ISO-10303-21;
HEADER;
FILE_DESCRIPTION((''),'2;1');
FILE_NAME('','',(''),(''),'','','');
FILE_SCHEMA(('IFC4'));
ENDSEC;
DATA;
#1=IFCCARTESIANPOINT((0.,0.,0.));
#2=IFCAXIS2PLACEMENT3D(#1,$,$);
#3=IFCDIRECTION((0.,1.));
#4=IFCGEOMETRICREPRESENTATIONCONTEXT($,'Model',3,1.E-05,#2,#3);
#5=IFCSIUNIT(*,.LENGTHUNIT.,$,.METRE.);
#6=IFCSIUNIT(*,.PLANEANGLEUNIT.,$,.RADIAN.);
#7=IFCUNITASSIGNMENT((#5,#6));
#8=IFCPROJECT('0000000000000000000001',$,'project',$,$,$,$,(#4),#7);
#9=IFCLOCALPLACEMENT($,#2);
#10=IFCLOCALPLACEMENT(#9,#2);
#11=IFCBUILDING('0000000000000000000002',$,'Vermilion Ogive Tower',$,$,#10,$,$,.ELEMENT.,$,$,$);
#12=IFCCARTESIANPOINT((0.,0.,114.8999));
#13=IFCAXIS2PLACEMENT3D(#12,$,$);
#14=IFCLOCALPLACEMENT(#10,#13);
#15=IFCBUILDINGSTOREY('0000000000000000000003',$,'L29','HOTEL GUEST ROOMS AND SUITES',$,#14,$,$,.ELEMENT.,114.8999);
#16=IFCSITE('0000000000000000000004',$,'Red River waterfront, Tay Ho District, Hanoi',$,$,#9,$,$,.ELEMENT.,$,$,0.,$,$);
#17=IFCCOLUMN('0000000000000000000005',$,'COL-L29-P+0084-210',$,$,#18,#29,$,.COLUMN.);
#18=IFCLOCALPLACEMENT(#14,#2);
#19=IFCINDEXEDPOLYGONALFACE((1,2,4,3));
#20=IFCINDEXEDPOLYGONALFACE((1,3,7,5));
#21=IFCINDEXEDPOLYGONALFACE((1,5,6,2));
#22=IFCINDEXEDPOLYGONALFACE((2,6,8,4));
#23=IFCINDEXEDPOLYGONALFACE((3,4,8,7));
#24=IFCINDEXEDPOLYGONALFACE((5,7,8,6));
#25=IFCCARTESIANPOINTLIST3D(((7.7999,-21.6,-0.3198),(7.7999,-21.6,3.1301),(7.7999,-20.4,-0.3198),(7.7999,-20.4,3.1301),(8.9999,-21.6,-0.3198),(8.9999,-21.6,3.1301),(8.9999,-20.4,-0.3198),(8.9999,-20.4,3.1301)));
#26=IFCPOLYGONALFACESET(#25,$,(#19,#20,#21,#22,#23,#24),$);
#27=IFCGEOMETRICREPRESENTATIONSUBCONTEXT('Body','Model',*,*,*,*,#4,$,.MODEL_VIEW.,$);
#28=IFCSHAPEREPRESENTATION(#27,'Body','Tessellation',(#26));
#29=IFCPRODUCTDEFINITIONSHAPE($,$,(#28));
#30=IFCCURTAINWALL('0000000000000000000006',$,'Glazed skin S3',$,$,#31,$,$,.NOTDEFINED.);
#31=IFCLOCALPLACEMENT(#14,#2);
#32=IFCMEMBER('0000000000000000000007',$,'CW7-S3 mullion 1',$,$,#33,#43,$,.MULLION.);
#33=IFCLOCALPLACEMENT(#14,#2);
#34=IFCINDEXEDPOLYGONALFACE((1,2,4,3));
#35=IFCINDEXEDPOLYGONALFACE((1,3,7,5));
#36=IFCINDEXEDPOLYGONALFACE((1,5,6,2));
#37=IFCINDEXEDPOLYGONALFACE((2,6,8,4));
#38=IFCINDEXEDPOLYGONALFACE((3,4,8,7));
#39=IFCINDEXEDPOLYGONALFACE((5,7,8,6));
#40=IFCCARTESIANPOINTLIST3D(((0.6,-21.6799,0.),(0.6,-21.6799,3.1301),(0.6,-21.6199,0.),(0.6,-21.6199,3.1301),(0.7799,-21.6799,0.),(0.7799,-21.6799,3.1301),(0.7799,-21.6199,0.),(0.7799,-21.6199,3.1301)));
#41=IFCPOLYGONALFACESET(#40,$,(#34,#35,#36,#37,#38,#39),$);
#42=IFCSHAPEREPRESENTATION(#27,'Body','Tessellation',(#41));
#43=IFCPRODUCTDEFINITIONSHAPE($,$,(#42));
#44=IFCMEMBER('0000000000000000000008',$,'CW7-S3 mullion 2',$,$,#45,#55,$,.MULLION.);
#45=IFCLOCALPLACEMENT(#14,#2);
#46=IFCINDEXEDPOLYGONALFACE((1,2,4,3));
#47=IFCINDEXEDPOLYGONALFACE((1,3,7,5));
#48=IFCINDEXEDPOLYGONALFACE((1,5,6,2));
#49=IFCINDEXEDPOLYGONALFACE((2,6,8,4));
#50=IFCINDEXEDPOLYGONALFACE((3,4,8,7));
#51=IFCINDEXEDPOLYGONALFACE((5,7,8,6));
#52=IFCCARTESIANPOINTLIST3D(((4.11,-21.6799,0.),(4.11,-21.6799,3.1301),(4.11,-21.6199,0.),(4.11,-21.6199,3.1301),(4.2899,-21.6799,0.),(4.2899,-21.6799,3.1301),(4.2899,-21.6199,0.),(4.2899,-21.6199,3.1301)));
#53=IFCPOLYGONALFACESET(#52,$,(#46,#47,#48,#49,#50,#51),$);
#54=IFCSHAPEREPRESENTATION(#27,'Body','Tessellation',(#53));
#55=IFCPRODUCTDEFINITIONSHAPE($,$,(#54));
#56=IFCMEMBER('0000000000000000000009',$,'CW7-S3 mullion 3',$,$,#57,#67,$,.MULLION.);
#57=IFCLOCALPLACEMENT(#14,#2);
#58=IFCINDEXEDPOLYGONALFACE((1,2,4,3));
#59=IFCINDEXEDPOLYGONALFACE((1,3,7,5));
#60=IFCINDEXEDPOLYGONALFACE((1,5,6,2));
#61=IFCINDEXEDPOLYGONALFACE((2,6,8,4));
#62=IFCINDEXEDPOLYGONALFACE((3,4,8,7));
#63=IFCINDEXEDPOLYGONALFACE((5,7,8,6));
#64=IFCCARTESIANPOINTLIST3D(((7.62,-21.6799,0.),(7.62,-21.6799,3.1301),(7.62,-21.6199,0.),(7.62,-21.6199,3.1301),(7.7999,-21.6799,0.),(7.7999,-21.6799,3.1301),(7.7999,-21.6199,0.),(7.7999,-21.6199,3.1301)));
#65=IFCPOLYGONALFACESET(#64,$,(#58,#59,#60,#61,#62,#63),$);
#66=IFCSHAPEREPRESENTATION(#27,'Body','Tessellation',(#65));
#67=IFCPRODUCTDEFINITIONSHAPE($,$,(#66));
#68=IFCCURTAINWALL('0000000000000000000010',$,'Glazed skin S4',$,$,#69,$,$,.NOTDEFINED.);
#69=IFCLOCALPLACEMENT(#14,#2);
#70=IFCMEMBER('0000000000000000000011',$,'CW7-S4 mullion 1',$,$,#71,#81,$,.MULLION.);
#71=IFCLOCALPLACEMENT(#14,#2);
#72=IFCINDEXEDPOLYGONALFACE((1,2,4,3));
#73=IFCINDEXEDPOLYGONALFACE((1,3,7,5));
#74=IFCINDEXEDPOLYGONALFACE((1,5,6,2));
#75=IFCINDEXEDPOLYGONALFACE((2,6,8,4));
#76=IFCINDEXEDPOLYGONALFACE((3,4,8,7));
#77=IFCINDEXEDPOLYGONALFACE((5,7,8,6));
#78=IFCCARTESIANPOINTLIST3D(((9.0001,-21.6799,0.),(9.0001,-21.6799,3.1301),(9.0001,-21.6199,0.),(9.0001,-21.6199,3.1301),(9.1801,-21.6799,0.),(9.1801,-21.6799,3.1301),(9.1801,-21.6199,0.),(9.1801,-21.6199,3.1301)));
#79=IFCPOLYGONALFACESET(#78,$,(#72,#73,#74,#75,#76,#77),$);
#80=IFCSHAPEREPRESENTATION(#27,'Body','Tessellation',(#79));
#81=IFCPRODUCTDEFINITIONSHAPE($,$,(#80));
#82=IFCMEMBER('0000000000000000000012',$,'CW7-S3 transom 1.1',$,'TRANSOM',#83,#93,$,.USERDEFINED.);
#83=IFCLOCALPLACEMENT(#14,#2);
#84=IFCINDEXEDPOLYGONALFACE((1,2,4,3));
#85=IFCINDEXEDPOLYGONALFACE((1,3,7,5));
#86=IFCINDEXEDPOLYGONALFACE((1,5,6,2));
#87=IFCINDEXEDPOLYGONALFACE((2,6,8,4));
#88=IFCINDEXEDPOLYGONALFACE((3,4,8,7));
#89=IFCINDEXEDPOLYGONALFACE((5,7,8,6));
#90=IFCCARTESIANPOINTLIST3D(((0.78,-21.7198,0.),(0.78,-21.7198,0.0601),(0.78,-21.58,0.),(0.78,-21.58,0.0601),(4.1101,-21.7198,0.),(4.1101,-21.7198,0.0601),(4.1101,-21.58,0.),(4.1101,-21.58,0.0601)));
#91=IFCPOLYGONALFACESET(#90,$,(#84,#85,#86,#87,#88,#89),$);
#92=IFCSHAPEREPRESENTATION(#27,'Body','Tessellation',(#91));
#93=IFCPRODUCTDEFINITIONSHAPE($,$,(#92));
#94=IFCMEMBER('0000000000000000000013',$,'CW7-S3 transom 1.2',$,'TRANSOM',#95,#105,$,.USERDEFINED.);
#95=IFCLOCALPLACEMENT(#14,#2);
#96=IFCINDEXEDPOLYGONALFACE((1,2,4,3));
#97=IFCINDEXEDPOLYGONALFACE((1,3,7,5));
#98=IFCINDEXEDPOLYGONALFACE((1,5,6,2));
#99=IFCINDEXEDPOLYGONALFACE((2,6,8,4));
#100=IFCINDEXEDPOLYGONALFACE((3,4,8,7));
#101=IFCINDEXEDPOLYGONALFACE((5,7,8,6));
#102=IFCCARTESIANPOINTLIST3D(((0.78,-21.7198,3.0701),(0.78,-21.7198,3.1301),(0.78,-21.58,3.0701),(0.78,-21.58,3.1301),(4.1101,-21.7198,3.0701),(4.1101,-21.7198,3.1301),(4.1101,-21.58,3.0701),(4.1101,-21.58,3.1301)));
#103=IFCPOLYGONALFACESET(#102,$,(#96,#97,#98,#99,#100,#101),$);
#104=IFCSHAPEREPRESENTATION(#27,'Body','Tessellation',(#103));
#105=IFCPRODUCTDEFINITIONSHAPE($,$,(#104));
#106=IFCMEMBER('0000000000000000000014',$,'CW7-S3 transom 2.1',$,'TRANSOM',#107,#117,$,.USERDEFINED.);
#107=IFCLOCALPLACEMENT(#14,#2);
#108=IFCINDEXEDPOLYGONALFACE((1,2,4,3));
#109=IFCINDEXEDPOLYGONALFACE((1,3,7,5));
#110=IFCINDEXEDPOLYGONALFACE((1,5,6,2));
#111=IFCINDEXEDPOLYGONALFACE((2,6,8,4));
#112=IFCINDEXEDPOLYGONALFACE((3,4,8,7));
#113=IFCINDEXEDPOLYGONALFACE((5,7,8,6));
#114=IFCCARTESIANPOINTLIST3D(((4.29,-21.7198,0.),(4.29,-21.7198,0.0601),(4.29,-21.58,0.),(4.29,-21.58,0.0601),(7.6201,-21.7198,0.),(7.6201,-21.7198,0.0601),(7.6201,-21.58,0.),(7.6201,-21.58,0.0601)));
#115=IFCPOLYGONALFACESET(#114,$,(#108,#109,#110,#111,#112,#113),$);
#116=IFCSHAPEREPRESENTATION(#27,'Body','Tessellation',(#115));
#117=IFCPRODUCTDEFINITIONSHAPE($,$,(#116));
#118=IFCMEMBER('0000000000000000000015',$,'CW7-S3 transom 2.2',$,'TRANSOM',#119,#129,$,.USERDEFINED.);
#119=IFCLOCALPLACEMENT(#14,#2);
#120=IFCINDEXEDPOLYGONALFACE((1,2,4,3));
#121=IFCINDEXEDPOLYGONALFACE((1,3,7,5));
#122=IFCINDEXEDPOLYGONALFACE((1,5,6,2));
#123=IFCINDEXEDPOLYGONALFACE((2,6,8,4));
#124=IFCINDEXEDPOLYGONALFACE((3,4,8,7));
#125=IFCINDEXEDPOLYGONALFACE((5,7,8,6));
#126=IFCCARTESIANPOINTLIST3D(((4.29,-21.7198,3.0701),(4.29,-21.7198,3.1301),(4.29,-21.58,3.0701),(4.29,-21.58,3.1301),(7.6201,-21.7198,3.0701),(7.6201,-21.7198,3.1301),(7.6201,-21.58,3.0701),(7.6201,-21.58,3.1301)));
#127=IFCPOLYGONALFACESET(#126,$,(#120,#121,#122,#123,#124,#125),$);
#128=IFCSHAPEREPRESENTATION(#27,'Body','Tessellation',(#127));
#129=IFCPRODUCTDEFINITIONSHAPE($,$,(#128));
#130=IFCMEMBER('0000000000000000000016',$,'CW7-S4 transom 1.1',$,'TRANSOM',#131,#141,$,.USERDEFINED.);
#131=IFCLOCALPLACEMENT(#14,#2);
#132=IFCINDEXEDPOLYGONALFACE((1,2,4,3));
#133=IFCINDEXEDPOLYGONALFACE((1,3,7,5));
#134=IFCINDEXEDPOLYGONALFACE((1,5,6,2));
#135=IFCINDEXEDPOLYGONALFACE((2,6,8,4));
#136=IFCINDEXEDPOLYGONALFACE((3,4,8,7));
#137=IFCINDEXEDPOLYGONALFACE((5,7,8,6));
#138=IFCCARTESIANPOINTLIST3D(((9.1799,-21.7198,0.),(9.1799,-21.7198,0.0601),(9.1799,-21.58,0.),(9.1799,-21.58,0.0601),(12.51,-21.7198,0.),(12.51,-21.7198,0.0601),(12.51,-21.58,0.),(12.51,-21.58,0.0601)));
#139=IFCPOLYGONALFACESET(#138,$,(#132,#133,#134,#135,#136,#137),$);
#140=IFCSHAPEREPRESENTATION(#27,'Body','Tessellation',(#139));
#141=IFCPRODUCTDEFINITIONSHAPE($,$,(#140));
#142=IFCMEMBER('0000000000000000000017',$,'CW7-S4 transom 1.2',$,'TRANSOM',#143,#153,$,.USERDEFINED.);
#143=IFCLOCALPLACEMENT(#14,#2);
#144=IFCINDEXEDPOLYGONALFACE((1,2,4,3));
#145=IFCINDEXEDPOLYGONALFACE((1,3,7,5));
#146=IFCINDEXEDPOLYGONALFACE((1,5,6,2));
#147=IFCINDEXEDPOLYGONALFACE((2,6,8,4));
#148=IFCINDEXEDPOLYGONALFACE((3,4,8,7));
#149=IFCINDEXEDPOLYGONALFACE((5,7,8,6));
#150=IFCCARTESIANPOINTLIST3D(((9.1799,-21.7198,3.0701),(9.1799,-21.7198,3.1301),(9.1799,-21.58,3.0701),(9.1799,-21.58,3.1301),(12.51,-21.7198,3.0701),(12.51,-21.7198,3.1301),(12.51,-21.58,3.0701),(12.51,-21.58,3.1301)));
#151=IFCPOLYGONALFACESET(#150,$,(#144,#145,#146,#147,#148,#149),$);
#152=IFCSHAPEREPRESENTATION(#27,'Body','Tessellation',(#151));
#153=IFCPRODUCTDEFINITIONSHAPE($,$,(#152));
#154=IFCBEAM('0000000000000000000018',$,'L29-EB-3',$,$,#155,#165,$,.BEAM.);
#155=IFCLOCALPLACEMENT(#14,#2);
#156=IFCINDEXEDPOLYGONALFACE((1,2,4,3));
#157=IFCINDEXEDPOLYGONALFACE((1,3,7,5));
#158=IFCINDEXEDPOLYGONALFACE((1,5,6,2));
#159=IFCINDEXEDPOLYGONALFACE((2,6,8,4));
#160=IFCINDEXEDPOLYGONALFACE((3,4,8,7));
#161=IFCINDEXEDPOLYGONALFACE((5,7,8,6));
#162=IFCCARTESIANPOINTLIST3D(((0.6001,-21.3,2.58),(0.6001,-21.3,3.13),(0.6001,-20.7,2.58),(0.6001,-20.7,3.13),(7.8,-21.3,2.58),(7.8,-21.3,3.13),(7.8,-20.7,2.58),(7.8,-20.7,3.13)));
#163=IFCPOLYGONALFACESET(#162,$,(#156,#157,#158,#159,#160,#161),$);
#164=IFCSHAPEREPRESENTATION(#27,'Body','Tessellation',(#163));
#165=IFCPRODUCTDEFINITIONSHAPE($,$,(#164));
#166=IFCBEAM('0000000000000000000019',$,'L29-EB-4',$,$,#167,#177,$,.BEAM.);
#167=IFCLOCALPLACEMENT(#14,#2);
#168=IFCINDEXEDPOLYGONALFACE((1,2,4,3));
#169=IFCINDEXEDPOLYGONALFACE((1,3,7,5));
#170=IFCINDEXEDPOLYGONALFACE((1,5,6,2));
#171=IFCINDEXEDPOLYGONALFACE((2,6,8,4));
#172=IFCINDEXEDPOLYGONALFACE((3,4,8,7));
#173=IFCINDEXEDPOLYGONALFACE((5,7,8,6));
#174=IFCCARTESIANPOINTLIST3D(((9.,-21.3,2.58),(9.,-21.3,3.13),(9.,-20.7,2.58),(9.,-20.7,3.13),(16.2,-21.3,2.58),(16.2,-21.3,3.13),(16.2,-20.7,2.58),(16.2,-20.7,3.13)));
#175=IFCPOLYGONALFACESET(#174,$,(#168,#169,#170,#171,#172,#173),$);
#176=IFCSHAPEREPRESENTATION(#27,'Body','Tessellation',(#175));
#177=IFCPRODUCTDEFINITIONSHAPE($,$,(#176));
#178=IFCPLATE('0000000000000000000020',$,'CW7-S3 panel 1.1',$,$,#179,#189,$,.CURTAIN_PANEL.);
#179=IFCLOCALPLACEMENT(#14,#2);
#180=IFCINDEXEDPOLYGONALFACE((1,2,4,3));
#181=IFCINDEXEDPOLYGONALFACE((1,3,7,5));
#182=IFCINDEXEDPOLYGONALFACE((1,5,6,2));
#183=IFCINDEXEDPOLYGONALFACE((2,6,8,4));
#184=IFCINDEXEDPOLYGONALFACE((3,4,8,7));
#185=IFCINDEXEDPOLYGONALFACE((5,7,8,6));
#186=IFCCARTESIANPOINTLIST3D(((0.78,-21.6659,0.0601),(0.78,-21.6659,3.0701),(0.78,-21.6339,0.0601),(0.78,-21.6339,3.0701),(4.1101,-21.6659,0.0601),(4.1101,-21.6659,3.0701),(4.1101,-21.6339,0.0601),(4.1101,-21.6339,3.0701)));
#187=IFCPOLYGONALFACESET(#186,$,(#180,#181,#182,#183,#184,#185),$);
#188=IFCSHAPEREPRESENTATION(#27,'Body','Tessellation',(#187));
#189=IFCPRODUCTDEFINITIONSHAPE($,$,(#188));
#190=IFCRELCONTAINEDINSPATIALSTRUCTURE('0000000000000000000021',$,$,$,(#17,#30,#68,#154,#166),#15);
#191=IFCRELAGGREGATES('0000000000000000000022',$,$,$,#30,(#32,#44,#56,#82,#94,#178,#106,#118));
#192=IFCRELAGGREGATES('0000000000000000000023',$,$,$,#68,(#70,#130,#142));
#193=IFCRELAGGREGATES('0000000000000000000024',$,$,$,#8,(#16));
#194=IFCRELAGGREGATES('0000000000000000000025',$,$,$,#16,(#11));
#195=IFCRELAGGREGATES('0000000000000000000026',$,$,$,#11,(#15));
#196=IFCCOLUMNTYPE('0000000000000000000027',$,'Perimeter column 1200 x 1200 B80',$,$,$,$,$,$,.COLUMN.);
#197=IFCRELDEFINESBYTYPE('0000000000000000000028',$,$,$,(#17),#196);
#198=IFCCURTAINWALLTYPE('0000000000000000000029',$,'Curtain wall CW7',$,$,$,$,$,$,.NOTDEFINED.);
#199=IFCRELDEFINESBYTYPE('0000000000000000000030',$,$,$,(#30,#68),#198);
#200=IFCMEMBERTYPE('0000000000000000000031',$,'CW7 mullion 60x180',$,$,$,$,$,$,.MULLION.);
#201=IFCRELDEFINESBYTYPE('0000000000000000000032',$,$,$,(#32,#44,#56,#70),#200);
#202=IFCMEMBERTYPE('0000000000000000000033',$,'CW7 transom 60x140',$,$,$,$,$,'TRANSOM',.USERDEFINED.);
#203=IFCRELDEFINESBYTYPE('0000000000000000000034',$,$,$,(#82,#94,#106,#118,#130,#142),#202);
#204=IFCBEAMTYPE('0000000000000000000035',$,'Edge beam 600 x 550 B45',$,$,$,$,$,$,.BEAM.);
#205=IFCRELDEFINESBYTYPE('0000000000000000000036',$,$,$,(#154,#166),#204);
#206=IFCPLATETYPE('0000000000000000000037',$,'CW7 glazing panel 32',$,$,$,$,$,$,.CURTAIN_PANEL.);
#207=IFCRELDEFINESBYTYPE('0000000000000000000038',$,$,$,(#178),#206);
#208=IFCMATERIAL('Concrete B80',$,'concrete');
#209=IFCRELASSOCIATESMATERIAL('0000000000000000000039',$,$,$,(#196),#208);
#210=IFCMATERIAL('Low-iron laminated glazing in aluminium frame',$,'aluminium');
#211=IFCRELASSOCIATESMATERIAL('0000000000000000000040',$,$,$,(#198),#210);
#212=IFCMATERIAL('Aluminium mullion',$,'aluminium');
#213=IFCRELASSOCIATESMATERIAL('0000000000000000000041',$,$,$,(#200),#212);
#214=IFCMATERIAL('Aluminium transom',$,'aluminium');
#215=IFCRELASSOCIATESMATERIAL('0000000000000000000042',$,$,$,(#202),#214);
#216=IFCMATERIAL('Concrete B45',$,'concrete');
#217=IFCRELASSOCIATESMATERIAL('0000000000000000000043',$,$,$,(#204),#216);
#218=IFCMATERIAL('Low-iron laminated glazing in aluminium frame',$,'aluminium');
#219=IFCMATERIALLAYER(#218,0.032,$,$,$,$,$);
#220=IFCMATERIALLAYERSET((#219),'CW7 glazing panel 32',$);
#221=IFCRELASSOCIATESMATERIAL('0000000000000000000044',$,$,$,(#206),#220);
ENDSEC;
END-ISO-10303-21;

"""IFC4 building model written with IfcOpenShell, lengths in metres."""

from ifc_helpers import new_model, si_unit, direction, frame, origin, origin_2d, place, context, subcontext, project, spatial, rectangle, extrude, material, layer, layer_set, material_profile, profile_set, type_object, element, aggregate, save


model = new_model("IFC4")

# Units and contexts
model_context = context("Model", 3, precision=1e-05, world=origin(), true_north=direction((0.0, 1.0)))
body_context = subcontext(model_context, "Body", "Model", "MODEL_VIEW")
ifc_project = project(units=[si_unit("LENGTHUNIT", "METRE"), si_unit("PLANEANGLEUNIT", "RADIAN")], contexts=[model_context])

# Site, building, storey
site_placement = place(None, origin())
site = spatial("IfcSite", under=ifc_project, at=site_placement, Name="Red River waterfront, Tay Ho District, Hanoi", CompositionType="ELEMENT", RefElevation=0.0)
building_placement = place(site_placement, origin())
building = spatial("IfcBuilding", under=site, at=building_placement, Name="Vermilion Ogive Tower", CompositionType="ELEMENT")
storey_placement = place(building_placement, frame((0.0, 0.0, 114.8999)))
storey = spatial("IfcBuildingStorey", under=building, at=storey_placement, Name="L29", Description="HOTEL GUEST ROOMS AND SUITES", CompositionType="ELEMENT", Elevation=114.8999)

# Column
ifc_material_1 = material(Name="Concrete B80", Category="concrete")
ifc_material_profile_1 = material_profile(ifc_material_1, rectangle(XDim=1.2, YDim=1.2, at=origin_2d()), Name="1200 x 1200")
ifc_profile_set_1 = profile_set([ifc_material_profile_1], Name="Concrete B80")
column_type = type_object("IfcColumnType", Name="Perimeter column 1200 x 1200 B80", PredefinedType="COLUMN", material=ifc_profile_set_1)
column_placement = place(storey_placement, frame((8.3999, -21.0, -0.3198), z_axis=(0.0, 0.0, 1.0), x_axis=(1.0, 0.0, 0.0)))
element("IfcColumn", 1, at=column_placement, inside=storey, type_object=column_type, Name="COL-L29-P+0084-210", PredefinedType="COLUMN", context=body_context, shape_type="SweptSolid", body=[
    extrude(rectangle(XDim=1.2, YDim=1.2, at=origin_2d()), origin(), (0.0, 0.0, 1.0), 3.45),
])

# Curtain wall, members
ifc_material_2 = material(Name="Low-iron laminated glazing in aluminium frame", Category="aluminium")
curtain_wall_type = type_object("IfcCurtainWallType", Name="Curtain wall CW7", PredefinedType="NOTDEFINED", material=ifc_material_2)
curtain_wall_1_placement = place(storey_placement, origin())
curtain_wall_1 = element("IfcCurtainWall", 2, at=curtain_wall_1_placement, inside=storey, type_object=curtain_wall_type, Name="Glazed skin S3", PredefinedType="NOTDEFINED")
ifc_material_3 = material(Name="Aluminium mullion", Category="aluminium")
ifc_material_profile_2 = material_profile(ifc_material_3, rectangle(XDim=0.0601, YDim=0.1799, at=origin_2d()), Name="AL 60x180")
ifc_profile_set_2 = profile_set([ifc_material_profile_2], Name="Aluminium mullion")
member_type_1 = type_object("IfcMemberType", Name="CW7 mullion 60x180", PredefinedType="MULLION", material=ifc_profile_set_2)
member_1_placement = place(storey_placement, frame((0.6899, -21.6499, 0.0), z_axis=(0.0, 0.0, 1.0), x_axis=(0.0, 1.0, 0.0)))
member_1 = element("IfcMember", 3, at=member_1_placement, type_object=member_type_1, Name="CW7-S3 mullion 1", PredefinedType="MULLION", context=body_context, shape_type="SweptSolid", body=[
    extrude(rectangle(XDim=0.0601, YDim=0.1799, at=origin_2d()), origin(), (0.0, 0.0, 1.0), 3.1301),
])
member_2_placement = place(storey_placement, frame((4.2, -21.6499, 0.0), z_axis=(0.0, 0.0, 1.0), x_axis=(0.0, 1.0, 0.0)))
member_2 = element("IfcMember", 4, at=member_2_placement, type_object=member_type_1, Name="CW7-S3 mullion 2", PredefinedType="MULLION", context=body_context, shape_type="SweptSolid", body=[
    extrude(rectangle(XDim=0.0601, YDim=0.1799, at=origin_2d()), origin(), (0.0, 0.0, 1.0), 3.1301),
])
member_3_placement = place(storey_placement, frame((7.71, -21.6499, 0.0), z_axis=(0.0, 0.0, 1.0), x_axis=(0.0, 1.0, 0.0)))
member_3 = element("IfcMember", 5, at=member_3_placement, type_object=member_type_1, Name="CW7-S3 mullion 3", PredefinedType="MULLION", context=body_context, shape_type="SweptSolid", body=[
    extrude(rectangle(XDim=0.0601, YDim=0.1799, at=origin_2d()), origin(), (0.0, 0.0, 1.0), 3.1301),
])

# Curtain wall, member
curtain_wall_2_placement = place(storey_placement, origin())
curtain_wall_2 = element("IfcCurtainWall", 6, at=curtain_wall_2_placement, inside=storey, type_object=curtain_wall_type, Name="Glazed skin S4", PredefinedType="NOTDEFINED")
member_4_placement = place(storey_placement, frame((9.0901, -21.6499, 0.0), z_axis=(0.0, 0.0, 1.0), x_axis=(0.0, 1.0, 0.0)))
member_4 = element("IfcMember", 7, at=member_4_placement, type_object=member_type_1, Name="CW7-S4 mullion 1", PredefinedType="MULLION", context=body_context, shape_type="SweptSolid", body=[
    extrude(rectangle(XDim=0.0601, YDim=0.1799, at=origin_2d()), origin(), (0.0, 0.0, 1.0), 3.1301),
])

# Members
ifc_material_4 = material(Name="Aluminium transom", Category="aluminium")
ifc_material_profile_3 = material_profile(ifc_material_4, rectangle(XDim=0.1399, YDim=0.0601, at=origin_2d()), Name="AL 60x140")
ifc_profile_set_3 = profile_set([ifc_material_profile_3], Name="Aluminium transom")
member_type_2 = type_object("IfcMemberType", Name="CW7 transom 60x140", ElementType="TRANSOM", PredefinedType="USERDEFINED", material=ifc_profile_set_3)
member_5_placement = place(storey_placement, frame((0.78, -21.6499, 0.03), z_axis=(1.0, 0.0, 0.0), x_axis=(0.0, 1.0, 0.0)))
member_5 = element("IfcMember", 8, at=member_5_placement, type_object=member_type_2, Name="CW7-S3 transom 1.1", ObjectType="TRANSOM", PredefinedType="USERDEFINED", context=body_context, shape_type="SweptSolid", body=[
    extrude(rectangle(XDim=0.1399, YDim=0.0601, at=origin_2d()), origin(), (0.0, 0.0, 1.0), 3.3301),
])
member_6_placement = place(storey_placement, frame((0.78, -21.6499, 3.1001), z_axis=(1.0, 0.0, 0.0), x_axis=(0.0, 1.0, 0.0)))
member_6 = element("IfcMember", 9, at=member_6_placement, type_object=member_type_2, Name="CW7-S3 transom 1.2", ObjectType="TRANSOM", PredefinedType="USERDEFINED", context=body_context, shape_type="SweptSolid", body=[
    extrude(rectangle(XDim=0.1399, YDim=0.0601, at=origin_2d()), origin(), (0.0, 0.0, 1.0), 3.3301),
])
member_7_placement = place(storey_placement, frame((4.29, -21.6499, 0.03), z_axis=(1.0, 0.0, 0.0), x_axis=(0.0, 1.0, 0.0)))
member_7 = element("IfcMember", 10, at=member_7_placement, type_object=member_type_2, Name="CW7-S3 transom 2.1", ObjectType="TRANSOM", PredefinedType="USERDEFINED", context=body_context, shape_type="SweptSolid", body=[
    extrude(rectangle(XDim=0.1399, YDim=0.0601, at=origin_2d()), origin(), (0.0, 0.0, 1.0), 3.3301),
])
member_8_placement = place(storey_placement, frame((4.29, -21.6499, 3.1001), z_axis=(1.0, 0.0, 0.0), x_axis=(0.0, 1.0, 0.0)))
member_8 = element("IfcMember", 11, at=member_8_placement, type_object=member_type_2, Name="CW7-S3 transom 2.2", ObjectType="TRANSOM", PredefinedType="USERDEFINED", context=body_context, shape_type="SweptSolid", body=[
    extrude(rectangle(XDim=0.1399, YDim=0.0601, at=origin_2d()), origin(), (0.0, 0.0, 1.0), 3.3301),
])
member_9_placement = place(storey_placement, frame((9.1799, -21.6499, 0.03), z_axis=(1.0, 0.0, 0.0), x_axis=(0.0, 1.0, 0.0)))
member_9 = element("IfcMember", 12, at=member_9_placement, type_object=member_type_2, Name="CW7-S4 transom 1.1", ObjectType="TRANSOM", PredefinedType="USERDEFINED", context=body_context, shape_type="SweptSolid", body=[
    extrude(rectangle(XDim=0.1399, YDim=0.0601, at=origin_2d()), origin(), (0.0, 0.0, 1.0), 3.3301),
])
member_10_placement = place(storey_placement, frame((9.1799, -21.6499, 3.1001), z_axis=(1.0, 0.0, 0.0), x_axis=(0.0, 1.0, 0.0)))
member_10 = element("IfcMember", 13, at=member_10_placement, type_object=member_type_2, Name="CW7-S4 transom 1.2", ObjectType="TRANSOM", PredefinedType="USERDEFINED", context=body_context, shape_type="SweptSolid", body=[
    extrude(rectangle(XDim=0.1399, YDim=0.0601, at=origin_2d()), origin(), (0.0, 0.0, 1.0), 3.3301),
])

# Beams
ifc_material_5 = material(Name="Concrete B45", Category="concrete")
ifc_material_profile_4 = material_profile(ifc_material_5, rectangle(XDim=0.6001, YDim=0.55, at=origin_2d()), Name="600 x 550")
ifc_profile_set_4 = profile_set([ifc_material_profile_4], Name="Concrete B45")
beam_type = type_object("IfcBeamType", Name="Edge beam 600 x 550 B45", PredefinedType="BEAM", material=ifc_profile_set_4)
for number, where, z_axis, x_axis, name in (
    (14, (0.6001, -21.0, 2.855), (1.0, 0.0, 0.0), (0.0, 1.0, 0.0), "L29-EB-3"),
    (15, (9.0, -21.0, 2.855), (1.0, 0.0, 0.0), (0.0, 1.0, 0.0), "L29-EB-4"),
):
    element("IfcBeam", number, at=place(storey_placement, frame(where, z_axis=z_axis, x_axis=x_axis)), inside=storey, type_object=beam_type, Name=name, PredefinedType="BEAM", context=body_context, shape_type="SweptSolid", body=[
        extrude(rectangle(XDim=0.6001, YDim=0.55, at=origin_2d()), origin(), (0.0, 0.0, 1.0), 7.2),
    ])

# Plate
ifc_material_6 = material(Name="Low-iron laminated glazing in aluminium frame", Category="aluminium")
ifc_layer_1 = layer(ifc_material_6, 0.032)
ifc_layer_set_1 = layer_set([ifc_layer_1], Name="CW7 glazing panel 32")
plate_type = type_object("IfcPlateType", Name="CW7 glazing panel 32", PredefinedType="CURTAIN_PANEL", material=ifc_layer_set_1)
plate_1_placement = place(storey_placement, frame((2.4451, -21.6499, 0.0601), z_axis=(0.0, 0.0, 1.0), x_axis=(1.0, 0.0, 0.0)))
plate_1 = element("IfcPlate", 16, at=plate_1_placement, type_object=plate_type, Name="CW7-S3 panel 1.1", PredefinedType="CURTAIN_PANEL", context=body_context, shape_type="SweptSolid", body=[
    extrude(rectangle(XDim=3.3301, YDim=0.032, at=origin_2d()), origin(), (0.0, 0.0, 1.0), 3.01),
])
aggregate(curtain_wall_1, [member_1, member_2, member_3, member_5, member_6, plate_1, member_7, member_8])
aggregate(curtain_wall_2, [member_4, member_9, member_10])

save(model, "model.ifc")
